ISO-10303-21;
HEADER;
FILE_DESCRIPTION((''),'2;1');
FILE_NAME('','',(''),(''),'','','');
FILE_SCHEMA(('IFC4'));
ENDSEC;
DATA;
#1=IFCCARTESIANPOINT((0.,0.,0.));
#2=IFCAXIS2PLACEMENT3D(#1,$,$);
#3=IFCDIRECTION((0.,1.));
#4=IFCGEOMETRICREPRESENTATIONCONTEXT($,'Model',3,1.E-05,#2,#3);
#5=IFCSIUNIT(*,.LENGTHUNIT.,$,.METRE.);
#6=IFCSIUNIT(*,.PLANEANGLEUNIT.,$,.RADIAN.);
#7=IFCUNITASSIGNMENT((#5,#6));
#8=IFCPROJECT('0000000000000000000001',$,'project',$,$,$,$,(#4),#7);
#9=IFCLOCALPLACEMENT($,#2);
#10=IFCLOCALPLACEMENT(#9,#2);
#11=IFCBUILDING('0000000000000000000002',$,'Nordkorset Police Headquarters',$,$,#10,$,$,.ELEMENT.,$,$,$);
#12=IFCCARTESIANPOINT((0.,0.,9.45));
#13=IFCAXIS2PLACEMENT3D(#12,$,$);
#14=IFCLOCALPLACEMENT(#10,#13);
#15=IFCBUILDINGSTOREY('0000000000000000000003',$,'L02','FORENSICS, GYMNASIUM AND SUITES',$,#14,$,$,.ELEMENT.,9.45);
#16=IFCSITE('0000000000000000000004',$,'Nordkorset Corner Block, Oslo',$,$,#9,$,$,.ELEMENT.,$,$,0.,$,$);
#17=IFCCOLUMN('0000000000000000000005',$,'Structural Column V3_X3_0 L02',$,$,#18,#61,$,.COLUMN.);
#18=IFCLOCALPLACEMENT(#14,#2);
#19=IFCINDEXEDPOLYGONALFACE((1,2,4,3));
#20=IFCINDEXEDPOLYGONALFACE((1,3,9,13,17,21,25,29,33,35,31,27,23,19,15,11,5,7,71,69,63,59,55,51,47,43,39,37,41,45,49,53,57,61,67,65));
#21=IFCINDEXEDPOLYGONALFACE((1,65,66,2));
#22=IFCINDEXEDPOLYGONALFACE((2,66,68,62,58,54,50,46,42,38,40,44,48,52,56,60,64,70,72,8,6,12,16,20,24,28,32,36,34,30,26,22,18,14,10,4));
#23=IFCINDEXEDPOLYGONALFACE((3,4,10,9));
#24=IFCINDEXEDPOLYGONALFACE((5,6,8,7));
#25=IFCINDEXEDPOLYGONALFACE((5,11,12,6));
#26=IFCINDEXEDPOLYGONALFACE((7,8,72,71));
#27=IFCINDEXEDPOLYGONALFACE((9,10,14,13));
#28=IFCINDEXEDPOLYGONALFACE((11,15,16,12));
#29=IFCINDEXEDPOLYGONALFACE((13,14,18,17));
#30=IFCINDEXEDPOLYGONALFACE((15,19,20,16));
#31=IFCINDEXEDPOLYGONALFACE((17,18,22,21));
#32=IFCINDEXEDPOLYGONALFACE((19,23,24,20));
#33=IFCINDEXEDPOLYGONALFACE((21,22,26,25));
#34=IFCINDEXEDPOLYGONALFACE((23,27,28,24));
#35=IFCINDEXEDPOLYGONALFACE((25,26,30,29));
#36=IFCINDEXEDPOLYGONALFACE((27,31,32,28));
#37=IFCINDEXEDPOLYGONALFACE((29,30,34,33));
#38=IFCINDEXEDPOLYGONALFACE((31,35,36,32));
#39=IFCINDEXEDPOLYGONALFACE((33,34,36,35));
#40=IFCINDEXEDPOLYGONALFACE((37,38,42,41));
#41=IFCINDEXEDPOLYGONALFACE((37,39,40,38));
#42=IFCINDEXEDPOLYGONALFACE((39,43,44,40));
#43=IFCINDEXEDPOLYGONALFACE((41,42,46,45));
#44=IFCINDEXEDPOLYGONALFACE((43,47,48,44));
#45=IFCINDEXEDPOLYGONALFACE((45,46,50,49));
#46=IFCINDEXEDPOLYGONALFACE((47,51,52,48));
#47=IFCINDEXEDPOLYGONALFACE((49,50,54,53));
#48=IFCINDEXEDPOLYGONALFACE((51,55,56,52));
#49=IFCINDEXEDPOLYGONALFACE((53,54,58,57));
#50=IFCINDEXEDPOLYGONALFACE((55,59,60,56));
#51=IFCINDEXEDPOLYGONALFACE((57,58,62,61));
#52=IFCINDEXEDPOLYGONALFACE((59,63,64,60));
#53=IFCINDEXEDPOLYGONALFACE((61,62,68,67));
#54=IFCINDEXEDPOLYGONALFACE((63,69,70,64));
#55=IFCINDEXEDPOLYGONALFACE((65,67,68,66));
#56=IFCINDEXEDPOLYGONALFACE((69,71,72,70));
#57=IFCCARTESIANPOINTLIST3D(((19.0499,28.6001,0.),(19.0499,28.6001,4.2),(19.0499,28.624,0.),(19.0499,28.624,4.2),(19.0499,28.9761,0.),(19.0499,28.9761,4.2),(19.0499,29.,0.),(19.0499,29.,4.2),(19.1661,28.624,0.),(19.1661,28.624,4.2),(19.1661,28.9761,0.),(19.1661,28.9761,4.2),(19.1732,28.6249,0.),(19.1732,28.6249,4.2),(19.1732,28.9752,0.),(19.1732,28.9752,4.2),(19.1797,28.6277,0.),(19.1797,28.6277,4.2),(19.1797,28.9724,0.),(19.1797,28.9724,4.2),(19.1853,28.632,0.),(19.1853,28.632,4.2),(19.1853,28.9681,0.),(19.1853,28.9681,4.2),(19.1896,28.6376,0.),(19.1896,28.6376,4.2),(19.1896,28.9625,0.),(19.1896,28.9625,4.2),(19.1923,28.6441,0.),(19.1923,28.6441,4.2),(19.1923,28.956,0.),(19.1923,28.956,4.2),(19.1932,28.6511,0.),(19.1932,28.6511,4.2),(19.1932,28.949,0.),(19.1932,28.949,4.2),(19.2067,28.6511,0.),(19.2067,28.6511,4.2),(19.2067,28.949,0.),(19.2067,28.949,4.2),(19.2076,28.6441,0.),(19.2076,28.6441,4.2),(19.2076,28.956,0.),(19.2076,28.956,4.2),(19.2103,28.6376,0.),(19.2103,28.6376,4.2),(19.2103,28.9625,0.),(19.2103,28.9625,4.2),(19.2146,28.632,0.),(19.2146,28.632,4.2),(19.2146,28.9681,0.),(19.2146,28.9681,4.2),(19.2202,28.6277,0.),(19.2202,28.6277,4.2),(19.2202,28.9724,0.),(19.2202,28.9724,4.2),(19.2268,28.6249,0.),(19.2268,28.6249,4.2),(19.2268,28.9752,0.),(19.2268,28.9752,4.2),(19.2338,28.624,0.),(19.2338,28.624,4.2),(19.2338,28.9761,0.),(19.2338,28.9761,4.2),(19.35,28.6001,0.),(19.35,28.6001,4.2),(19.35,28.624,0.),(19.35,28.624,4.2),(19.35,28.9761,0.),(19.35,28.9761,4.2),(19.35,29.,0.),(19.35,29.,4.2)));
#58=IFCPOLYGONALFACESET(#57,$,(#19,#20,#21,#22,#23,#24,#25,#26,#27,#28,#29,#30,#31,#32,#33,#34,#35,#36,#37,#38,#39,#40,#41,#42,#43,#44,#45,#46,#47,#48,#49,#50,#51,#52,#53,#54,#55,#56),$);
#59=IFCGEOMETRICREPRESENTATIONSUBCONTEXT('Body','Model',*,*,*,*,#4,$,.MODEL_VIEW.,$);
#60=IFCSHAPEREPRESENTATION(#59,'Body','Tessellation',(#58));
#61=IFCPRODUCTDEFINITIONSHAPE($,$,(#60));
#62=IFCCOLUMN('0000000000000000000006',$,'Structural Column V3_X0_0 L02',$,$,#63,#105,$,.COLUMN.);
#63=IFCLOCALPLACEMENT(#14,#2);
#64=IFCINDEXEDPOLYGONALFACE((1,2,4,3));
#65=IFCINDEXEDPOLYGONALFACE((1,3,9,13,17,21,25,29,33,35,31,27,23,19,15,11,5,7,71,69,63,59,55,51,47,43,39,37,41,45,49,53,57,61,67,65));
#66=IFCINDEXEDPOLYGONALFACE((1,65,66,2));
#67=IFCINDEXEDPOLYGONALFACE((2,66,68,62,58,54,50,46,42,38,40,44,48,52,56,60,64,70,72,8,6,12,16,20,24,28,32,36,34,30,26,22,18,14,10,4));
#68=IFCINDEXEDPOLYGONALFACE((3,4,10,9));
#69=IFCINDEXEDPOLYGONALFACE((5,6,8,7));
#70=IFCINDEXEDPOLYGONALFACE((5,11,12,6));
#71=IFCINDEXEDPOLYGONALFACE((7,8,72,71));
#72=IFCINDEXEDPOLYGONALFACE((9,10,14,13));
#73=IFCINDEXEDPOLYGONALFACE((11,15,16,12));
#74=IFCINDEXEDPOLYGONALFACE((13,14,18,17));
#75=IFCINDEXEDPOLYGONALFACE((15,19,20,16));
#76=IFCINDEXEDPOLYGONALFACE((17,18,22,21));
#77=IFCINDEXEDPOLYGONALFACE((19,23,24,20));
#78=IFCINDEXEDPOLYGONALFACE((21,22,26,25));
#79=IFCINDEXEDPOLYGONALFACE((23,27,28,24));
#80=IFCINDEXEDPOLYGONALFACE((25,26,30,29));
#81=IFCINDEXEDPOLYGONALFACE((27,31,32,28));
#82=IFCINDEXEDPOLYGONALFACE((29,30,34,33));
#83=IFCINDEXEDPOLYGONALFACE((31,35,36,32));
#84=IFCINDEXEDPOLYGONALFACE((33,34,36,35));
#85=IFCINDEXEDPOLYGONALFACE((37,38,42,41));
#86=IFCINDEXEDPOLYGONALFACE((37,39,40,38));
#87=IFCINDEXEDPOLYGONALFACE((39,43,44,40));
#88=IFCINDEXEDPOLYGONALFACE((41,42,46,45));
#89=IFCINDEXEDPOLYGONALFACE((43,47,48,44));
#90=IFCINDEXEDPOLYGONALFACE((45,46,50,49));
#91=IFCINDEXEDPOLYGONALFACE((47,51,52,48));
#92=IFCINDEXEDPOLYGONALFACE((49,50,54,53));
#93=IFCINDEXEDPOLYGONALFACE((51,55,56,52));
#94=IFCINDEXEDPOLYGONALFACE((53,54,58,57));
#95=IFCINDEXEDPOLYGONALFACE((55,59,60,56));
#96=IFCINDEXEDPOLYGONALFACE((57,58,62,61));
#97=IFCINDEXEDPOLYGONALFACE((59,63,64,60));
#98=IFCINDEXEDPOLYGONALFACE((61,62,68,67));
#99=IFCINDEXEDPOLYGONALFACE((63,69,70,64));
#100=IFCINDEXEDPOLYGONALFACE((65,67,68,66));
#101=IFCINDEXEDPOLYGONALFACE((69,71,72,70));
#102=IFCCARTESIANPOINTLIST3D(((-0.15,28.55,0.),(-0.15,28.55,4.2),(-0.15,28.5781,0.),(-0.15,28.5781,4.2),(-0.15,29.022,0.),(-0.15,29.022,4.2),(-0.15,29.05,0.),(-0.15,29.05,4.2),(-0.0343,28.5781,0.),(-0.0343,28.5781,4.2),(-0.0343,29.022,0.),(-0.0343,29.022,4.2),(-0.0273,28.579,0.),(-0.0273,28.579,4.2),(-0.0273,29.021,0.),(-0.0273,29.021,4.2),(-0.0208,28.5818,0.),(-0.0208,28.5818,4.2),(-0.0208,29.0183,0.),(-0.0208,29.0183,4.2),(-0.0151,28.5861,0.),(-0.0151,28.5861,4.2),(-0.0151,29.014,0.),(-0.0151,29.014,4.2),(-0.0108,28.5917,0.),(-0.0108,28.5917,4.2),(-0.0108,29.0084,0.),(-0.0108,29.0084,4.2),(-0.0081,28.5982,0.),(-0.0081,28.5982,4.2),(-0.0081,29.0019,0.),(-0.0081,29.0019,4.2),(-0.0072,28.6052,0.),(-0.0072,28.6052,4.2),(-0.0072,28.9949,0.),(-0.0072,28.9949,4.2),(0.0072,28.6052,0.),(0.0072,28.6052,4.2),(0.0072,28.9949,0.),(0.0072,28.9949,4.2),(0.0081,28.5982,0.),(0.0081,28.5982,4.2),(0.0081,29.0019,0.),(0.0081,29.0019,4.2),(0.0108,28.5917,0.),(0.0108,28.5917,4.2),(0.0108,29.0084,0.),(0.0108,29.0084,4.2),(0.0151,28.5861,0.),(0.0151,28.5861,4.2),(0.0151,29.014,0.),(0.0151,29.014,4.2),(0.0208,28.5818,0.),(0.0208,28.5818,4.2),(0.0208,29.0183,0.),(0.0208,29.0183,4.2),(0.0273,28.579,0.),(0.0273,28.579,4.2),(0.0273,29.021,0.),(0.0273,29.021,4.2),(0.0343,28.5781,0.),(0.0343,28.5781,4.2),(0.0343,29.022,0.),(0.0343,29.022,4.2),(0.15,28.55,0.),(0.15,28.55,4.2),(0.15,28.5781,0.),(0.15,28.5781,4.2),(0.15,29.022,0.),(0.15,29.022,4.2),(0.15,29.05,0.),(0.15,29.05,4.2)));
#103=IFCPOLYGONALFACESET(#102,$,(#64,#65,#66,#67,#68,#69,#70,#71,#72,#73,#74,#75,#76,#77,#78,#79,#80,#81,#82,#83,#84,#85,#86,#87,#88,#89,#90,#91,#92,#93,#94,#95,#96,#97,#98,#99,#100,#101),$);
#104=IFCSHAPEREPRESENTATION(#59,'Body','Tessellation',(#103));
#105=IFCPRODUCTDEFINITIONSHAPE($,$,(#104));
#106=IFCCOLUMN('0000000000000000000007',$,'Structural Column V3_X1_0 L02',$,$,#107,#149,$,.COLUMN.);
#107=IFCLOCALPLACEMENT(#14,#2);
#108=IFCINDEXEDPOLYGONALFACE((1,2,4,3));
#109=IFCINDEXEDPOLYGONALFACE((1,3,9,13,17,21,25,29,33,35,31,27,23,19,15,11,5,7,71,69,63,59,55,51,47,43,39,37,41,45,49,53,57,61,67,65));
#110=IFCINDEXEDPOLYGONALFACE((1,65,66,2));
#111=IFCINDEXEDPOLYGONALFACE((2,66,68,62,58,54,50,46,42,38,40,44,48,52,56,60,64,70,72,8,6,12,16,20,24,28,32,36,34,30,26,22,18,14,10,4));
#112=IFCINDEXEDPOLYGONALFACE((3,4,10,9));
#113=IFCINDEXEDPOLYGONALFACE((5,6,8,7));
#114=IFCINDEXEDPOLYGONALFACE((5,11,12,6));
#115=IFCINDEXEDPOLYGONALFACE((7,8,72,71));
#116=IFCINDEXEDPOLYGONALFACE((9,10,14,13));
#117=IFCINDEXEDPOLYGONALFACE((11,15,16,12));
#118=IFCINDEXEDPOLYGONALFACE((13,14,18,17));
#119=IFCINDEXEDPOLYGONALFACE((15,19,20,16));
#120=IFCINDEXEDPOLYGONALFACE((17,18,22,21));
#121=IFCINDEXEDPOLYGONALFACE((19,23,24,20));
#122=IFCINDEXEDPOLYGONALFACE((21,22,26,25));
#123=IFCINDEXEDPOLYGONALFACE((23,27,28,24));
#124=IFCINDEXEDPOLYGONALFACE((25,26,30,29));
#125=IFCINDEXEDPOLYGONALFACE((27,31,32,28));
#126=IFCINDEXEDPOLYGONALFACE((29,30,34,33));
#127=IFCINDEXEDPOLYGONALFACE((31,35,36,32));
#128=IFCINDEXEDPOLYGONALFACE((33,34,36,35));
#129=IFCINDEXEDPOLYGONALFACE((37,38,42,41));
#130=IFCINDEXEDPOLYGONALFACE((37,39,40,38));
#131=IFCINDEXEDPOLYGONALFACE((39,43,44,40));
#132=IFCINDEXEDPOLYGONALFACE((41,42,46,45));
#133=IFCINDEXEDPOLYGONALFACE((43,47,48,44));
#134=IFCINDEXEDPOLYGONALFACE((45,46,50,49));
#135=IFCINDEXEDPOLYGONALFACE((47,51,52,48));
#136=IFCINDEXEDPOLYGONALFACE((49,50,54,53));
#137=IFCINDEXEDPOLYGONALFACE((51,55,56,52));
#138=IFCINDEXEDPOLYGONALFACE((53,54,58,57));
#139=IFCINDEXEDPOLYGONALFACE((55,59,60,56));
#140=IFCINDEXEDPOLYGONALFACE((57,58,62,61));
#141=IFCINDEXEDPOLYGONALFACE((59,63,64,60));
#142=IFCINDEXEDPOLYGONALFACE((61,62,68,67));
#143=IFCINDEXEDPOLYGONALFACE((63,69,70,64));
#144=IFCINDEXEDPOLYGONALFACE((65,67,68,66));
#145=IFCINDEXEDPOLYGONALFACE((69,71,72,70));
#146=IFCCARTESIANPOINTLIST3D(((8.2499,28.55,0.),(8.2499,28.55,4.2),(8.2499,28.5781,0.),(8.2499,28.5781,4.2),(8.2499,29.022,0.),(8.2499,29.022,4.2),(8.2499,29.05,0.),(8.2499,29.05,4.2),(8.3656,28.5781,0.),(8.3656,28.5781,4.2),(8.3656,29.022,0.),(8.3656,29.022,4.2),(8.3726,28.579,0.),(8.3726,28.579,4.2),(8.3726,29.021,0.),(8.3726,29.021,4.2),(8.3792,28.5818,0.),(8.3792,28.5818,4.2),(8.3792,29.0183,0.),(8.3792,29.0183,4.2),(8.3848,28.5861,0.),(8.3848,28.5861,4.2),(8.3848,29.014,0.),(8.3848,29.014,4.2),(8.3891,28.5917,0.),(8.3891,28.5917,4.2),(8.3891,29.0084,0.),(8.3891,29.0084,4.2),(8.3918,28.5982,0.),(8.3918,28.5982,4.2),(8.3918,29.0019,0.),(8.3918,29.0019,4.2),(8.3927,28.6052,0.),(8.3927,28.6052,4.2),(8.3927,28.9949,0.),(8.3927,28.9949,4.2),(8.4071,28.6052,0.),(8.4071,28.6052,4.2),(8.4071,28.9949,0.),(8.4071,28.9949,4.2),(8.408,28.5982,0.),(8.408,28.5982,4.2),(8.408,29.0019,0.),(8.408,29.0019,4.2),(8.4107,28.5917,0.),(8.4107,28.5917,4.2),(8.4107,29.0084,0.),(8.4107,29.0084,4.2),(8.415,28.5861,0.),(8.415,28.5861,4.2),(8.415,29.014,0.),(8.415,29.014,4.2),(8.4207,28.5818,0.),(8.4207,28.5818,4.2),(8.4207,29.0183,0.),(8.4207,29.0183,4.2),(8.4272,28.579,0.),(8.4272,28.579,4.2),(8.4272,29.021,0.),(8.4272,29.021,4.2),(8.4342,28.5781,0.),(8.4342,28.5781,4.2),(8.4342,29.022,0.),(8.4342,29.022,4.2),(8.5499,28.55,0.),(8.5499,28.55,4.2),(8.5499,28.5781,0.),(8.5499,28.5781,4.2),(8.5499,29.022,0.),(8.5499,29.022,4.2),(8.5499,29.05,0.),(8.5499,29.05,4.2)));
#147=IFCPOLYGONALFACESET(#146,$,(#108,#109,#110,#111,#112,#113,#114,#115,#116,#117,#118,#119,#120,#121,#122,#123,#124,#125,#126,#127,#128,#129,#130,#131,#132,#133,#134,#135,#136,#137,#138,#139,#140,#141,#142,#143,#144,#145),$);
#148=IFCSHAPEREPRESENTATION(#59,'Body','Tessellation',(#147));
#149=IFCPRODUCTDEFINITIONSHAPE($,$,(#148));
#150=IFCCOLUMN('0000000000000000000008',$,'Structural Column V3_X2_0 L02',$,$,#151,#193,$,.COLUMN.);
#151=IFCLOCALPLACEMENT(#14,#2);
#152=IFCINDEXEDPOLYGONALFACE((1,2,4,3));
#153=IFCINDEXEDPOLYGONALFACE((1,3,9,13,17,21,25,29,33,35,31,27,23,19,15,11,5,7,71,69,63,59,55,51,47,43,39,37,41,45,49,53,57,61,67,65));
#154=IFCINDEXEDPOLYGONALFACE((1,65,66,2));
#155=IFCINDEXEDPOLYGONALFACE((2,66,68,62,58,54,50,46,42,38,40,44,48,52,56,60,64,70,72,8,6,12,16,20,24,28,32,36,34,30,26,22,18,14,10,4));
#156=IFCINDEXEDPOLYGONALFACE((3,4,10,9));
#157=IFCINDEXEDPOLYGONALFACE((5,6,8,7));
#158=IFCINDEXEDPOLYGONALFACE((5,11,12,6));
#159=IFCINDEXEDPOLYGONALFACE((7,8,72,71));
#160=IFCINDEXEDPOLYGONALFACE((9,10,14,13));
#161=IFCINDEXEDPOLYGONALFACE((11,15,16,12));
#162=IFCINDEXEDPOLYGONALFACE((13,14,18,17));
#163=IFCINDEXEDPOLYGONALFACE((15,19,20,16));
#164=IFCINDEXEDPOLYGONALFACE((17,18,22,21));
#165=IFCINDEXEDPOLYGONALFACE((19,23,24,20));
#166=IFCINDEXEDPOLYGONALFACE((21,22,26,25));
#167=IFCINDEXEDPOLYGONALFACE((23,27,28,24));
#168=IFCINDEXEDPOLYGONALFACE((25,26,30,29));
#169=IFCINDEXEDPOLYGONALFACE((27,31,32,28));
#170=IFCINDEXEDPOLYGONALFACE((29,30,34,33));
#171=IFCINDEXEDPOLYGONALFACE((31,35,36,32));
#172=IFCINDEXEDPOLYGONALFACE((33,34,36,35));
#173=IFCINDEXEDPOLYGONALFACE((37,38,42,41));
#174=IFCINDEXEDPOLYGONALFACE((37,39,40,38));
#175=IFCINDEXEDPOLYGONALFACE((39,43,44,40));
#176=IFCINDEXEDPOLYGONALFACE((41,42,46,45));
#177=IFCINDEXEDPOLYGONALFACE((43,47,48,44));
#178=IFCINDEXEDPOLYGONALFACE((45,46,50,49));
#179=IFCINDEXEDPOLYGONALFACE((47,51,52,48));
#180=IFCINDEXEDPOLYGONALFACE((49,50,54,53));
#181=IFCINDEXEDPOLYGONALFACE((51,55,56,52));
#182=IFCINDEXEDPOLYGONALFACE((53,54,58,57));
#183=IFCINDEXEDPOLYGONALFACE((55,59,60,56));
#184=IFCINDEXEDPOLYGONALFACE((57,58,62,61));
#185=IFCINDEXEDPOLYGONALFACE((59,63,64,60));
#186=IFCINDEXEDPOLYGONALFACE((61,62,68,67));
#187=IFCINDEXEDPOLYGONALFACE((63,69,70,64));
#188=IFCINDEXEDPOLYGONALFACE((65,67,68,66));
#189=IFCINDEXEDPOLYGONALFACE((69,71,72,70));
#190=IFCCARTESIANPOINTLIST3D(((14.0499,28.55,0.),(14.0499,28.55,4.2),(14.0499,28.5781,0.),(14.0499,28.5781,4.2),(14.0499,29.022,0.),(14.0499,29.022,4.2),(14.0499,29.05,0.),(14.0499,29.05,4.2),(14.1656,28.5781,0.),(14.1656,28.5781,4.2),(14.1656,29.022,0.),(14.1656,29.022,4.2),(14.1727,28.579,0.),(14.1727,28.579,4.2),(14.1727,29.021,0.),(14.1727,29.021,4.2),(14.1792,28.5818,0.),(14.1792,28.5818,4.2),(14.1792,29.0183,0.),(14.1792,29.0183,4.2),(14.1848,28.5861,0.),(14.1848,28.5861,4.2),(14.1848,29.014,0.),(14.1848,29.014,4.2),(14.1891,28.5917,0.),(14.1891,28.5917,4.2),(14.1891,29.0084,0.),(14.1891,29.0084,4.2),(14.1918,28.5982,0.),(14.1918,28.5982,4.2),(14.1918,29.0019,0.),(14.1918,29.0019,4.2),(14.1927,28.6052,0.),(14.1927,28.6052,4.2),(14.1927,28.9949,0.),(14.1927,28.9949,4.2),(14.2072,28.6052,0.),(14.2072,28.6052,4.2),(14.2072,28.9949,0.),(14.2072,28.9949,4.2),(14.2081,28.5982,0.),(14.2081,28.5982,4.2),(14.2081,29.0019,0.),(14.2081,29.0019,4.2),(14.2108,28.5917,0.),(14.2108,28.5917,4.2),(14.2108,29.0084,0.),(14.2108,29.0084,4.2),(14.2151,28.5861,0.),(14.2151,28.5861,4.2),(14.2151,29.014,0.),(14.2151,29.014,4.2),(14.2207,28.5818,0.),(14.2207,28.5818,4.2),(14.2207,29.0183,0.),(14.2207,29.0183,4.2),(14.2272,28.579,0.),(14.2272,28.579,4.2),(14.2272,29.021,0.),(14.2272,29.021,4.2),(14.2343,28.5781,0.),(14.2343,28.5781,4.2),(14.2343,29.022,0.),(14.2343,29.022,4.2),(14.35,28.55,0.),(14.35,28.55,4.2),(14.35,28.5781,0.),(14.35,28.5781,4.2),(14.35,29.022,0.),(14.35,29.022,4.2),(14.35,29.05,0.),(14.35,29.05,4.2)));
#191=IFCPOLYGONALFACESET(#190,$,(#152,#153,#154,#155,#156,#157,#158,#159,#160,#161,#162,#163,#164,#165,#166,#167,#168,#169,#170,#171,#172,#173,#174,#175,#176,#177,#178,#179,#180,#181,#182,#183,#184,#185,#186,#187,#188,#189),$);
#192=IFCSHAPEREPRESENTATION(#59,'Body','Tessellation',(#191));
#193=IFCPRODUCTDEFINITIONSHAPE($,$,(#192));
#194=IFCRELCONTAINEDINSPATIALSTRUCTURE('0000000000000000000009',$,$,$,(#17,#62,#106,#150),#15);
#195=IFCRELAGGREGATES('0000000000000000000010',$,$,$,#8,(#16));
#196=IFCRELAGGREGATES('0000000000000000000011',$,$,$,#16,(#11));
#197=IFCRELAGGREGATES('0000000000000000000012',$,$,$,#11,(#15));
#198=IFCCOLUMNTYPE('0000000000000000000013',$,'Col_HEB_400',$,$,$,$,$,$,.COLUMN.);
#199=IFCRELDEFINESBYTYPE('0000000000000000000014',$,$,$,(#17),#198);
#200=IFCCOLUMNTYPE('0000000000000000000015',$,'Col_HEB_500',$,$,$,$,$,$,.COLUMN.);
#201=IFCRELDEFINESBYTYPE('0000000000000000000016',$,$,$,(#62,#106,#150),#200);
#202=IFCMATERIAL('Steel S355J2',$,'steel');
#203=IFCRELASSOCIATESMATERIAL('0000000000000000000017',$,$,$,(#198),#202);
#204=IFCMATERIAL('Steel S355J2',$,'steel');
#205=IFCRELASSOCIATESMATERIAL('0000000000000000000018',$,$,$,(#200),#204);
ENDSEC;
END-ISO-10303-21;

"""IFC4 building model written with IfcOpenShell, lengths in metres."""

from ifc_helpers import new_model, si_unit, direction, frame, origin, origin_2d, place, context, subcontext, project, spatial, i_section, extrude, material, material_profile, profile_set, type_object, element, save


model = new_model("IFC4")

# Units and contexts
model_context = context("Model", 3, precision=1e-05, world=origin(), true_north=direction((0.0, 1.0)))
body_context = subcontext(model_context, "Body", "Model", "MODEL_VIEW")
ifc_project = project(units=[si_unit("LENGTHUNIT", "METRE"), si_unit("PLANEANGLEUNIT", "RADIAN")], contexts=[model_context])

# Site, building, storey
site_placement = place(None, origin())
site = spatial("IfcSite", under=ifc_project, at=site_placement, Name="Nordkorset Corner Block, Oslo", CompositionType="ELEMENT", RefElevation=0.0)
building_placement = place(site_placement, origin())
building = spatial("IfcBuilding", under=site, at=building_placement, Name="Nordkorset Police Headquarters", CompositionType="ELEMENT")
storey_placement = place(building_placement, frame((0.0, 0.0, 9.45)))
storey = spatial("IfcBuildingStorey", under=building, at=storey_placement, Name="L02", Description="FORENSICS, GYMNASIUM AND SUITES", CompositionType="ELEMENT", Elevation=9.45)

# Columns
ifc_material_1 = material(Name="Steel S355J2", Category="steel")
ifc_material_profile_1 = material_profile(ifc_material_1, i_section(OverallWidth=0.3, OverallDepth=0.3999, WebThickness=0.0134, FlangeThickness=0.0239, FilletRadius=0.0271, at=origin_2d()), Name="HEB 400")
ifc_profile_set_1 = profile_set([ifc_material_profile_1], Name="Steel S355J2")
column_type_1 = type_object("IfcColumnType", Name="Col_HEB_400", PredefinedType="COLUMN", material=ifc_profile_set_1)
column_placement = place(storey_placement, frame((19.2, 28.8, 0.0), z_axis=(0.0, 0.0, 1.0), x_axis=(1.0, 0.0, 0.0)))
element("IfcColumn", 1, at=column_placement, inside=storey, type_object=column_type_1, Name="Structural Column V3_X3_0 L02", PredefinedType="COLUMN", context=body_context, shape_type="SweptSolid", body=[
    extrude(i_section(OverallWidth=0.3, OverallDepth=0.3999, WebThickness=0.0134, FlangeThickness=0.0239, FilletRadius=0.0271, at=origin_2d()), origin(), (0.0, 0.0, 1.0), 4.2),
])
ifc_material_2 = material(Name="Steel S355J2", Category="steel")
ifc_material_profile_2 = material_profile(ifc_material_2, i_section(OverallWidth=0.3, OverallDepth=0.5, WebThickness=0.0144, FlangeThickness=0.0281, FilletRadius=0.0271, at=origin_2d()), Name="HEB 500")
ifc_profile_set_2 = profile_set([ifc_material_profile_2], Name="Steel S355J2")
column_type_2 = type_object("IfcColumnType", Name="Col_HEB_500", PredefinedType="COLUMN", material=ifc_profile_set_2)
for number, where, z_axis, x_axis, name in (
    (2, (0.0, 28.8, 0.0), (0.0, 0.0, 1.0), (1.0, 0.0, 0.0), "Structural Column V3_X0_0 L02"),
    (3, (8.3999, 28.8, 0.0), (0.0, 0.0, 1.0), (1.0, 0.0, 0.0), "Structural Column V3_X1_0 L02"),
    (4, (14.2, 28.8, 0.0), (0.0, 0.0, 1.0), (1.0, 0.0, 0.0), "Structural Column V3_X2_0 L02"),
):
    element("IfcColumn", number, at=place(storey_placement, frame(where, z_axis=z_axis, x_axis=x_axis)), inside=storey, type_object=column_type_2, Name=name, PredefinedType="COLUMN", context=body_context, shape_type="SweptSolid", body=[
        extrude(i_section(OverallWidth=0.3, OverallDepth=0.5, WebThickness=0.0144, FlangeThickness=0.0281, FilletRadius=0.0271, at=origin_2d()), origin(), (0.0, 0.0, 1.0), 4.2),
    ])

save(model, "model.ifc")
